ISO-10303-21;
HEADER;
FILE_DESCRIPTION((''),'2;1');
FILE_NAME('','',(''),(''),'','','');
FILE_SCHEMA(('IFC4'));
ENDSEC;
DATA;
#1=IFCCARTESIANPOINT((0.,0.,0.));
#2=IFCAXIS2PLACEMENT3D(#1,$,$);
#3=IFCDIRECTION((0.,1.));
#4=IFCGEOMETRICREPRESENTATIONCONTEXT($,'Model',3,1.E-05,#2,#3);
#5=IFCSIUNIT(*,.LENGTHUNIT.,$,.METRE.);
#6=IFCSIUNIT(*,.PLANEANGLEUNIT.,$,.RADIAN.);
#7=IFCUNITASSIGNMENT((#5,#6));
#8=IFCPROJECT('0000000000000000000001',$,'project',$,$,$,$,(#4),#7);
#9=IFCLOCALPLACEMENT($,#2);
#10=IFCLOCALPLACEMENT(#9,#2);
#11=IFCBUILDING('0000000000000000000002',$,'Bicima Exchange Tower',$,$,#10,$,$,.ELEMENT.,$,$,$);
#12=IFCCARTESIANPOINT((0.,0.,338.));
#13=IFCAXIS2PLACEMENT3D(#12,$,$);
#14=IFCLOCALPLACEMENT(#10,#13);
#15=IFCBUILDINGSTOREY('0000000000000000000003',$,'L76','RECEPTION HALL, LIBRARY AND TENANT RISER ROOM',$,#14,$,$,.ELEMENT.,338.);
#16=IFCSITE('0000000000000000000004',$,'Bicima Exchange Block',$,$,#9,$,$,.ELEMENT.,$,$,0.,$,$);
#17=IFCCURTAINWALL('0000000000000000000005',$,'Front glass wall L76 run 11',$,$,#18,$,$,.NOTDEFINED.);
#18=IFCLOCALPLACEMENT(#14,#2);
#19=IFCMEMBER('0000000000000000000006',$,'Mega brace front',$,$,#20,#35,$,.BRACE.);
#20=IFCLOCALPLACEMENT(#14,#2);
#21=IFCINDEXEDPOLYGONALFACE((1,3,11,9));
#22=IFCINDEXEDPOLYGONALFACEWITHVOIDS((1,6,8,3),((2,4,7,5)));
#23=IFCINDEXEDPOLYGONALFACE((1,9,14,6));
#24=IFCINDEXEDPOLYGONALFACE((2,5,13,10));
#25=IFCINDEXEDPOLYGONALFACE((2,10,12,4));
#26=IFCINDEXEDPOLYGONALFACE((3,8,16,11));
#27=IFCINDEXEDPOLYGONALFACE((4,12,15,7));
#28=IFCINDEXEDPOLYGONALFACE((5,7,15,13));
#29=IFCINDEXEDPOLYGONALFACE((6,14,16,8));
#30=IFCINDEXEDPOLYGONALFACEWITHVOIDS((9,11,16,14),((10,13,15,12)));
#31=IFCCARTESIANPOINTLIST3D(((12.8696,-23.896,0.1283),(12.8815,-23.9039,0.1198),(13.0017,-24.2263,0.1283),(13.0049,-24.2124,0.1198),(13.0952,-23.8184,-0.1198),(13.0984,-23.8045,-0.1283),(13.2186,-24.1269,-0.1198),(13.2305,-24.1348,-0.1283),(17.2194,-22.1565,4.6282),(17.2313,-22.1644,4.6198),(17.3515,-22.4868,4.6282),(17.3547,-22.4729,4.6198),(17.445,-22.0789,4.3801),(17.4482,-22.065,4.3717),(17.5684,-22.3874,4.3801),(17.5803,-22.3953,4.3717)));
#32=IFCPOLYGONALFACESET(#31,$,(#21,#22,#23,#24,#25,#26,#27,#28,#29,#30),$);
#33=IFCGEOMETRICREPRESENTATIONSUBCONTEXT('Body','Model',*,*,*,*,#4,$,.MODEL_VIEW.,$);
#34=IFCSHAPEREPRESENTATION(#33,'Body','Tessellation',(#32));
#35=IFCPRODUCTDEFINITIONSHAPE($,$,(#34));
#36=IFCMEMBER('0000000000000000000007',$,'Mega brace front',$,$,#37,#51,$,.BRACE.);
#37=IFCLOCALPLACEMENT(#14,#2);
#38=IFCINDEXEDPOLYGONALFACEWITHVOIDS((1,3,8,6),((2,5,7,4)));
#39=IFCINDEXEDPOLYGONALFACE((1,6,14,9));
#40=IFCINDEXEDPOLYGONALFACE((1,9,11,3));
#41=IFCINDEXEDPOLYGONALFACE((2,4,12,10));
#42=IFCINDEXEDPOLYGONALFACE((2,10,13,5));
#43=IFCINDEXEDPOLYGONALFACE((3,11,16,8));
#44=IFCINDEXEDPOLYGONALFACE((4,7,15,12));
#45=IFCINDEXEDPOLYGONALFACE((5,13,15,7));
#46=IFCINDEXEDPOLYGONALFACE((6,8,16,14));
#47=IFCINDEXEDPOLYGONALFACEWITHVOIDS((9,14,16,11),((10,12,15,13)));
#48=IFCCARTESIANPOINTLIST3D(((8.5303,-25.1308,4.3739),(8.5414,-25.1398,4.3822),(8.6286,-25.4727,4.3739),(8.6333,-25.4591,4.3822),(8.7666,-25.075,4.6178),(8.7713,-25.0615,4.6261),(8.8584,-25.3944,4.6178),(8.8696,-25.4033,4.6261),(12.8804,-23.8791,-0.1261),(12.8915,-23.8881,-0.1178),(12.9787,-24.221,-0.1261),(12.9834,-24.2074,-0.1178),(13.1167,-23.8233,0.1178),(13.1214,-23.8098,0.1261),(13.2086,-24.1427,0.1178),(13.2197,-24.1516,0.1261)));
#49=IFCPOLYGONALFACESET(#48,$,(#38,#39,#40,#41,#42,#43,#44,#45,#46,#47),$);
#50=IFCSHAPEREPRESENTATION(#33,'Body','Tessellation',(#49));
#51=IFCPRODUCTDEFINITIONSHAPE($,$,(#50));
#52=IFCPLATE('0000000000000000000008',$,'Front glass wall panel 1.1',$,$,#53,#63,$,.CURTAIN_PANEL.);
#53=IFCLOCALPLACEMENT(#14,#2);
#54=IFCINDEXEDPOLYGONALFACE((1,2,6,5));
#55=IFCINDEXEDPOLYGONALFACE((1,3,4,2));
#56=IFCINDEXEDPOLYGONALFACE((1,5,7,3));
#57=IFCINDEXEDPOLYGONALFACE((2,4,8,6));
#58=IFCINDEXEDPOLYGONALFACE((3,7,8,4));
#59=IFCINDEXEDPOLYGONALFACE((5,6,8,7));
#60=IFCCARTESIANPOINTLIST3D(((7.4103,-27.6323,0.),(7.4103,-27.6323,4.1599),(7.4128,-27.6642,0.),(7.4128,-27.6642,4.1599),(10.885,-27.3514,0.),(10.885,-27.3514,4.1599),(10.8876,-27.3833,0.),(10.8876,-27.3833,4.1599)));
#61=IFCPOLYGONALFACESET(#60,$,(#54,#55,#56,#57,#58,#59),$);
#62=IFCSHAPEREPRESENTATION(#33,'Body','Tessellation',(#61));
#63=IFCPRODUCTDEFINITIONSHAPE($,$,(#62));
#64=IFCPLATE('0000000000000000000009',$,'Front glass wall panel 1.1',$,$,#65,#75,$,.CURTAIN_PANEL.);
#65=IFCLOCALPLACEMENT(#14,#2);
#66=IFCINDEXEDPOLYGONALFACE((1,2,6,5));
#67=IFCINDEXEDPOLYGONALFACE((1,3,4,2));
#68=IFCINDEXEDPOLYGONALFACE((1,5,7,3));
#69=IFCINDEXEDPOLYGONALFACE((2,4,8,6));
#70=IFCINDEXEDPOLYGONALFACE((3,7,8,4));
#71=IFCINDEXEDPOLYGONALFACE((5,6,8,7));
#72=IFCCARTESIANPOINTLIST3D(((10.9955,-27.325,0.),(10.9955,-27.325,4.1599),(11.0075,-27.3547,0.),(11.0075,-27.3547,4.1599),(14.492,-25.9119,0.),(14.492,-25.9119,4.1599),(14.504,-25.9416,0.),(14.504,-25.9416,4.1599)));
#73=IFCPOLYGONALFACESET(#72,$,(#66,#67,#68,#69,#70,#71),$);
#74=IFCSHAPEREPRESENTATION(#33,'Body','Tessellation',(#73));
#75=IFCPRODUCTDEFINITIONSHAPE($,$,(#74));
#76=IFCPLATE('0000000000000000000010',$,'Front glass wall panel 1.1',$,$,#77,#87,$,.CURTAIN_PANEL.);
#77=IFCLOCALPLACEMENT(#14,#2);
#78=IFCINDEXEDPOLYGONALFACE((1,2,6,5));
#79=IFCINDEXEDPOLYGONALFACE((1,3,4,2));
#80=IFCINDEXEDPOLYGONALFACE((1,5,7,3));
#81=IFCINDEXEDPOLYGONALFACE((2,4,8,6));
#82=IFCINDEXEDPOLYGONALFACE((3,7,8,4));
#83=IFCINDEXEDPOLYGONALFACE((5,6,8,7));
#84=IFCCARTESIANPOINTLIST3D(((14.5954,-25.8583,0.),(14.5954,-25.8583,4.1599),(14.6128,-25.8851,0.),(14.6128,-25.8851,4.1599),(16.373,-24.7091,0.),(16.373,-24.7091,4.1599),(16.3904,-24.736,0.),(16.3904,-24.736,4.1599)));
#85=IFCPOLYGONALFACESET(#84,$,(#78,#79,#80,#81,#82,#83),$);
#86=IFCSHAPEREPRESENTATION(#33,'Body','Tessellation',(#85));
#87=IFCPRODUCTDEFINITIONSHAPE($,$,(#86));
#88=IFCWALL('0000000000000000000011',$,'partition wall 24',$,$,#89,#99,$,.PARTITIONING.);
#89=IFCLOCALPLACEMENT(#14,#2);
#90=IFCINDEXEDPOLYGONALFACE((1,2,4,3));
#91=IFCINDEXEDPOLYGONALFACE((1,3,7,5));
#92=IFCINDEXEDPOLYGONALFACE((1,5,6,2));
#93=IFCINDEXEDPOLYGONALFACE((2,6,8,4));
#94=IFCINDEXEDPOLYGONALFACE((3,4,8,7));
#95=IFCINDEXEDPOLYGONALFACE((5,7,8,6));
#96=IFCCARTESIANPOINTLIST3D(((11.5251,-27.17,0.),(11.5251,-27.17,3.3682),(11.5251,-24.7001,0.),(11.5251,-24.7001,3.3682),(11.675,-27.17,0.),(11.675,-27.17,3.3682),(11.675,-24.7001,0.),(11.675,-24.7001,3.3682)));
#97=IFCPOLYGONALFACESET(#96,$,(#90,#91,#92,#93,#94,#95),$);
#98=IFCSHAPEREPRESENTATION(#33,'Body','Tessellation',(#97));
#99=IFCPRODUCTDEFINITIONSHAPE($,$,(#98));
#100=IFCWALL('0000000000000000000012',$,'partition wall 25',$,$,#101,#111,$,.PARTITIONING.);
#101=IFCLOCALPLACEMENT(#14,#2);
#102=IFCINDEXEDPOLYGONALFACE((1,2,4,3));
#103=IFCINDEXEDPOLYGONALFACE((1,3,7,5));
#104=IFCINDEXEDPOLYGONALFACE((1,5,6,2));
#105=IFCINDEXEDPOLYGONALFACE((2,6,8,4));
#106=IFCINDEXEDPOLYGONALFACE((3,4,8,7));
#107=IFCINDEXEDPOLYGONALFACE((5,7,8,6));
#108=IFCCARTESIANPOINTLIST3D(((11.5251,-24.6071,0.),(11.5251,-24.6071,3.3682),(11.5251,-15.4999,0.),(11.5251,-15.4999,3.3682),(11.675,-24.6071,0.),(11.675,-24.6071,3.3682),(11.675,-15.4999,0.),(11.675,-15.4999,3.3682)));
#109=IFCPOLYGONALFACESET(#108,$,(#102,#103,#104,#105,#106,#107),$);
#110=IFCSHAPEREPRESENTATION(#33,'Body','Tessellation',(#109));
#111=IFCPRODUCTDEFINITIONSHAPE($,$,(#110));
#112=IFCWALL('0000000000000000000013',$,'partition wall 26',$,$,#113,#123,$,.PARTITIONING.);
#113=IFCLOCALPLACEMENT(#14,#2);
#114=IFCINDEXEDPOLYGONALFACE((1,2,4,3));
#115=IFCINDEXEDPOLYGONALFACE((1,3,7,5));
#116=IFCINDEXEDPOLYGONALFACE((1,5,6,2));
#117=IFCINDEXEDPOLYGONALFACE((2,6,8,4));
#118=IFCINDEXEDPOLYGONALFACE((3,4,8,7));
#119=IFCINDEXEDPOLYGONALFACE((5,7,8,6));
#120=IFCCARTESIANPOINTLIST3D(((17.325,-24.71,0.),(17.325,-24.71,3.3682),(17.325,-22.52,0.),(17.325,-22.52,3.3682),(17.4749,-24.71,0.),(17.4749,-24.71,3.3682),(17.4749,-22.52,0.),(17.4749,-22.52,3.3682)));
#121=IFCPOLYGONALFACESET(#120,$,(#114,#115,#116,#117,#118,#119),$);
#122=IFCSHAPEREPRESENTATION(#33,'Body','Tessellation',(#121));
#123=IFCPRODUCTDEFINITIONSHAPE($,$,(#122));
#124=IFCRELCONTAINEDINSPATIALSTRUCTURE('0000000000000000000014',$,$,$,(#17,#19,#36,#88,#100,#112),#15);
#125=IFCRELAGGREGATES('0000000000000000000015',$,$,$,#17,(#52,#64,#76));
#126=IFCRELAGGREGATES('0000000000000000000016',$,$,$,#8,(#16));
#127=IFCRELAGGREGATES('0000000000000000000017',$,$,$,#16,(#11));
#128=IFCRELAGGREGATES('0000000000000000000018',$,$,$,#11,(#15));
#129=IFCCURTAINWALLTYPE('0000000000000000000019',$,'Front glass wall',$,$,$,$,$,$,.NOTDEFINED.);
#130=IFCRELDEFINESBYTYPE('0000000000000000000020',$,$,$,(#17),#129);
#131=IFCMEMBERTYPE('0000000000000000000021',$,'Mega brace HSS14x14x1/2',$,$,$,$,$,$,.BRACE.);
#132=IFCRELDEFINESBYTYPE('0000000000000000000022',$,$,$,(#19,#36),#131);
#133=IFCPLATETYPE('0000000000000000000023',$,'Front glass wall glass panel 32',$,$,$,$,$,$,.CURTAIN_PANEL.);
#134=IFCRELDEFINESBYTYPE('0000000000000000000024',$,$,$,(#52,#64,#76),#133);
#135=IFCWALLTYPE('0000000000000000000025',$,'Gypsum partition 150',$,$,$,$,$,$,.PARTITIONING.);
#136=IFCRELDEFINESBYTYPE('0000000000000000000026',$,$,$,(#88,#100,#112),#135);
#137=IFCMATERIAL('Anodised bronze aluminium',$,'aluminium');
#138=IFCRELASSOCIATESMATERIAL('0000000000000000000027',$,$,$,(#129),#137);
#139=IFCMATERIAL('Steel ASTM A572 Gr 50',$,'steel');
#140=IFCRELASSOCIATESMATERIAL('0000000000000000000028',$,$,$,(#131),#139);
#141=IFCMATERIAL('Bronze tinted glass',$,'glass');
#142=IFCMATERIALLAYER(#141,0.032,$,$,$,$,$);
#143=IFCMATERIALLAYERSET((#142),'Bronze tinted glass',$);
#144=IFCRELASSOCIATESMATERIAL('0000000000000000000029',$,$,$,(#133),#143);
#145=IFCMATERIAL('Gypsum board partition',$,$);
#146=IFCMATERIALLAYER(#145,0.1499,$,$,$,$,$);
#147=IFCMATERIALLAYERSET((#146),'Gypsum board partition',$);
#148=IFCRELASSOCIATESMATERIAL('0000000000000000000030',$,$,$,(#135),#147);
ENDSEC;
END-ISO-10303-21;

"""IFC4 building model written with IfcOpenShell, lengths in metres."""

from ifc_helpers import new_model, si_unit, direction, frame, frame_2d, origin, origin_2d, place, context, subcontext, project, spatial, rectangle, hollow_rectangle, extrude, material, layer, layer_set, material_profile, profile_set, type_object, element, aggregate, save


model = new_model("IFC4")

# Units and contexts
model_context = context("Model", 3, precision=1e-05, world=origin(), true_north=direction((0.0, 1.0)))
body_context = subcontext(model_context, "Body", "Model", "MODEL_VIEW")
ifc_project = project(units=[si_unit("LENGTHUNIT", "METRE"), si_unit("PLANEANGLEUNIT", "RADIAN")], contexts=[model_context])

# Site, building, storey
site_placement = place(None, origin())
site = spatial("IfcSite", under=ifc_project, at=site_placement, Name="Bicima Exchange Block", CompositionType="ELEMENT", RefElevation=0.0)
building_placement = place(site_placement, origin())
building = spatial("IfcBuilding", under=site, at=building_placement, Name="Bicima Exchange Tower", CompositionType="ELEMENT")
storey_placement = place(building_placement, frame((0.0, 0.0, 338.0)))
storey = spatial("IfcBuildingStorey", under=building, at=storey_placement, Name="L76", Description="RECEPTION HALL, LIBRARY AND TENANT RISER ROOM", CompositionType="ELEMENT", Elevation=338.0)

# Curtain wall
ifc_material_1 = material(Name="Anodised bronze aluminium", Category="aluminium")
curtain_wall_type = type_object("IfcCurtainWallType", Name="Front glass wall", PredefinedType="NOTDEFINED", material=ifc_material_1)
curtain_wall_1_placement = place(storey_placement, origin())
curtain_wall_1 = element("IfcCurtainWall", 1, at=curtain_wall_1_placement, inside=storey, type_object=curtain_wall_type, Name="Front glass wall L76 run 11", PredefinedType="NOTDEFINED")

# Members
ifc_material_2 = material(Name="Steel ASTM A572 Gr 50", Category="steel")
ifc_material_profile_1 = material_profile(ifc_material_2, hollow_rectangle(XDim=0.3557, YDim=0.3557, WallThickness=0.0117, at=origin_2d()))
ifc_profile_set_1 = profile_set([ifc_material_profile_1], Name="Steel ASTM A572 Gr 50")
member_type_1 = type_object("IfcMemberType", Name="Mega brace HSS14x14x1/2", PredefinedType="BRACE", material=ifc_profile_set_1)
member_1_placement = place(storey_placement, frame((13.05, -24.0154, 0.0), z_axis=(0.669628, 0.267783, 0.692742), x_axis=(-0.37131, 0.928509, 0.0)))
element("IfcMember", 2, at=member_1_placement, inside=storey, type_object=member_type_1, Name="Mega brace front", PredefinedType="BRACE", context=body_context, shape_type="SweptSolid", body=[
    extrude(hollow_rectangle(XDim=0.3557, YDim=0.3557, WallThickness=0.0117, at=origin_2d()), origin(), (0.0, 0.0, 1.0), 6.4958),
])
member_2_placement = place(storey_placement, frame((13.05, -24.0154, 0.0), z_axis=(-0.681534, -0.196107, 0.70502), x_axis=(0.276523, -0.961007, 0.0)))
element("IfcMember", 3, at=member_2_placement, inside=storey, type_object=member_type_1, Name="Mega brace front", PredefinedType="BRACE", context=body_context, shape_type="SweptSolid", body=[
    extrude(hollow_rectangle(XDim=0.3557, YDim=0.3557, WallThickness=0.0117, at=origin_2d()), origin(), (0.0, 0.0, 1.0), 6.3828),
])

# Plates
ifc_material_3 = material(Name="Bronze tinted glass", Category="glass")
ifc_layer_1 = layer(ifc_material_3, 0.032)
ifc_layer_set_1 = layer_set([ifc_layer_1], Name="Bronze tinted glass")
plate_type = type_object("IfcPlateType", Name="Front glass wall glass panel 32", PredefinedType="CURTAIN_PANEL", material=ifc_layer_set_1)
plate_1_placement = place(storey_placement, frame((9.1489, -27.5078, 0.0), z_axis=(0.0, 0.0, 1.0), x_axis=(0.996747, 0.080589, 0.0)))
plate_1 = element("IfcPlate", 4, at=plate_1_placement, type_object=plate_type, Name="Front glass wall panel 1.1", PredefinedType="CURTAIN_PANEL", context=body_context, shape_type="SweptSolid", body=[
    extrude(rectangle(XDim=3.4861, YDim=0.032, at=origin_2d()), origin(), (0.0, 0.0, 1.0), 4.1599),
])
plate_2_placement = place(storey_placement, frame((12.7498, -26.6333, 0.0), z_axis=(0.0, 0.0, 1.0), x_axis=(0.927144, 0.374705, 0.0)))
plate_2 = element("IfcPlate", 5, at=plate_2_placement, type_object=plate_type, Name="Front glass wall panel 1.1", PredefinedType="CURTAIN_PANEL", context=body_context, shape_type="SweptSolid", body=[
    extrude(rectangle(XDim=3.7712, YDim=0.032, at=origin_2d()), origin(), (0.0, 0.0, 1.0), 4.1599),
])
plate_3_placement = place(storey_placement, frame((15.4929, -25.2971, 0.0), z_axis=(0.0, 0.0, 1.0), x_axis=(0.839791, 0.542909, 0.0)))
plate_3 = element("IfcPlate", 6, at=plate_3_placement, type_object=plate_type, Name="Front glass wall panel 1.1", PredefinedType="CURTAIN_PANEL", context=body_context, shape_type="SweptSolid", body=[
    extrude(rectangle(XDim=2.1167, YDim=0.032, at=origin_2d()), origin(), (0.0, 0.0, 1.0), 4.1599),
])
aggregate(curtain_wall_1, [plate_1, plate_2, plate_3])

# Walls
ifc_material_4 = material(Name="Gypsum board partition")
ifc_layer_2 = layer(ifc_material_4, 0.1499)
ifc_layer_set_2 = layer_set([ifc_layer_2], Name="Gypsum board partition")
wall_type = type_object("IfcWallType", Name="Gypsum partition 150", PredefinedType="PARTITIONING", material=ifc_layer_set_2)
wall_1_placement = place(storey_placement, frame((11.6001, -27.1699, 0.0), z_axis=(0.0, 0.0, 1.0), x_axis=(0.0, 1.0, 0.0)))
element("IfcWall", 7, at=wall_1_placement, inside=storey, type_object=wall_type, Name="partition wall 24", PredefinedType="PARTITIONING", context=body_context, shape_type="SweptSolid", body=[
    extrude(rectangle(XDim=2.47, YDim=0.1499, at=frame_2d((1.2349, 0.0))), origin(), (0.0, 0.0, 1.0), 3.3682),
])
wall_2_placement = place(storey_placement, frame((11.6001, -24.6072, 0.0), z_axis=(0.0, 0.0, 1.0), x_axis=(0.0, 1.0, 0.0)))
element("IfcWall", 8, at=wall_2_placement, inside=storey, type_object=wall_type, Name="partition wall 25", PredefinedType="PARTITIONING", context=body_context, shape_type="SweptSolid", body=[
    extrude(rectangle(XDim=9.1072, YDim=0.1499, at=frame_2d((4.5537, 0.0))), origin(), (0.0, 0.0, 1.0), 3.3682),
])
wall_3_placement = place(storey_placement, frame((17.3999, -24.71, 0.0), z_axis=(0.0, 0.0, 1.0), x_axis=(0.0, 1.0, 0.0)))
element("IfcWall", 9, at=wall_3_placement, inside=storey, type_object=wall_type, Name="partition wall 26", PredefinedType="PARTITIONING", context=body_context, shape_type="SweptSolid", body=[
    extrude(rectangle(XDim=2.1899, YDim=0.1499, at=frame_2d((1.095, 0.0))), origin(), (0.0, 0.0, 1.0), 3.3682),
])

save(model, "model.ifc")
